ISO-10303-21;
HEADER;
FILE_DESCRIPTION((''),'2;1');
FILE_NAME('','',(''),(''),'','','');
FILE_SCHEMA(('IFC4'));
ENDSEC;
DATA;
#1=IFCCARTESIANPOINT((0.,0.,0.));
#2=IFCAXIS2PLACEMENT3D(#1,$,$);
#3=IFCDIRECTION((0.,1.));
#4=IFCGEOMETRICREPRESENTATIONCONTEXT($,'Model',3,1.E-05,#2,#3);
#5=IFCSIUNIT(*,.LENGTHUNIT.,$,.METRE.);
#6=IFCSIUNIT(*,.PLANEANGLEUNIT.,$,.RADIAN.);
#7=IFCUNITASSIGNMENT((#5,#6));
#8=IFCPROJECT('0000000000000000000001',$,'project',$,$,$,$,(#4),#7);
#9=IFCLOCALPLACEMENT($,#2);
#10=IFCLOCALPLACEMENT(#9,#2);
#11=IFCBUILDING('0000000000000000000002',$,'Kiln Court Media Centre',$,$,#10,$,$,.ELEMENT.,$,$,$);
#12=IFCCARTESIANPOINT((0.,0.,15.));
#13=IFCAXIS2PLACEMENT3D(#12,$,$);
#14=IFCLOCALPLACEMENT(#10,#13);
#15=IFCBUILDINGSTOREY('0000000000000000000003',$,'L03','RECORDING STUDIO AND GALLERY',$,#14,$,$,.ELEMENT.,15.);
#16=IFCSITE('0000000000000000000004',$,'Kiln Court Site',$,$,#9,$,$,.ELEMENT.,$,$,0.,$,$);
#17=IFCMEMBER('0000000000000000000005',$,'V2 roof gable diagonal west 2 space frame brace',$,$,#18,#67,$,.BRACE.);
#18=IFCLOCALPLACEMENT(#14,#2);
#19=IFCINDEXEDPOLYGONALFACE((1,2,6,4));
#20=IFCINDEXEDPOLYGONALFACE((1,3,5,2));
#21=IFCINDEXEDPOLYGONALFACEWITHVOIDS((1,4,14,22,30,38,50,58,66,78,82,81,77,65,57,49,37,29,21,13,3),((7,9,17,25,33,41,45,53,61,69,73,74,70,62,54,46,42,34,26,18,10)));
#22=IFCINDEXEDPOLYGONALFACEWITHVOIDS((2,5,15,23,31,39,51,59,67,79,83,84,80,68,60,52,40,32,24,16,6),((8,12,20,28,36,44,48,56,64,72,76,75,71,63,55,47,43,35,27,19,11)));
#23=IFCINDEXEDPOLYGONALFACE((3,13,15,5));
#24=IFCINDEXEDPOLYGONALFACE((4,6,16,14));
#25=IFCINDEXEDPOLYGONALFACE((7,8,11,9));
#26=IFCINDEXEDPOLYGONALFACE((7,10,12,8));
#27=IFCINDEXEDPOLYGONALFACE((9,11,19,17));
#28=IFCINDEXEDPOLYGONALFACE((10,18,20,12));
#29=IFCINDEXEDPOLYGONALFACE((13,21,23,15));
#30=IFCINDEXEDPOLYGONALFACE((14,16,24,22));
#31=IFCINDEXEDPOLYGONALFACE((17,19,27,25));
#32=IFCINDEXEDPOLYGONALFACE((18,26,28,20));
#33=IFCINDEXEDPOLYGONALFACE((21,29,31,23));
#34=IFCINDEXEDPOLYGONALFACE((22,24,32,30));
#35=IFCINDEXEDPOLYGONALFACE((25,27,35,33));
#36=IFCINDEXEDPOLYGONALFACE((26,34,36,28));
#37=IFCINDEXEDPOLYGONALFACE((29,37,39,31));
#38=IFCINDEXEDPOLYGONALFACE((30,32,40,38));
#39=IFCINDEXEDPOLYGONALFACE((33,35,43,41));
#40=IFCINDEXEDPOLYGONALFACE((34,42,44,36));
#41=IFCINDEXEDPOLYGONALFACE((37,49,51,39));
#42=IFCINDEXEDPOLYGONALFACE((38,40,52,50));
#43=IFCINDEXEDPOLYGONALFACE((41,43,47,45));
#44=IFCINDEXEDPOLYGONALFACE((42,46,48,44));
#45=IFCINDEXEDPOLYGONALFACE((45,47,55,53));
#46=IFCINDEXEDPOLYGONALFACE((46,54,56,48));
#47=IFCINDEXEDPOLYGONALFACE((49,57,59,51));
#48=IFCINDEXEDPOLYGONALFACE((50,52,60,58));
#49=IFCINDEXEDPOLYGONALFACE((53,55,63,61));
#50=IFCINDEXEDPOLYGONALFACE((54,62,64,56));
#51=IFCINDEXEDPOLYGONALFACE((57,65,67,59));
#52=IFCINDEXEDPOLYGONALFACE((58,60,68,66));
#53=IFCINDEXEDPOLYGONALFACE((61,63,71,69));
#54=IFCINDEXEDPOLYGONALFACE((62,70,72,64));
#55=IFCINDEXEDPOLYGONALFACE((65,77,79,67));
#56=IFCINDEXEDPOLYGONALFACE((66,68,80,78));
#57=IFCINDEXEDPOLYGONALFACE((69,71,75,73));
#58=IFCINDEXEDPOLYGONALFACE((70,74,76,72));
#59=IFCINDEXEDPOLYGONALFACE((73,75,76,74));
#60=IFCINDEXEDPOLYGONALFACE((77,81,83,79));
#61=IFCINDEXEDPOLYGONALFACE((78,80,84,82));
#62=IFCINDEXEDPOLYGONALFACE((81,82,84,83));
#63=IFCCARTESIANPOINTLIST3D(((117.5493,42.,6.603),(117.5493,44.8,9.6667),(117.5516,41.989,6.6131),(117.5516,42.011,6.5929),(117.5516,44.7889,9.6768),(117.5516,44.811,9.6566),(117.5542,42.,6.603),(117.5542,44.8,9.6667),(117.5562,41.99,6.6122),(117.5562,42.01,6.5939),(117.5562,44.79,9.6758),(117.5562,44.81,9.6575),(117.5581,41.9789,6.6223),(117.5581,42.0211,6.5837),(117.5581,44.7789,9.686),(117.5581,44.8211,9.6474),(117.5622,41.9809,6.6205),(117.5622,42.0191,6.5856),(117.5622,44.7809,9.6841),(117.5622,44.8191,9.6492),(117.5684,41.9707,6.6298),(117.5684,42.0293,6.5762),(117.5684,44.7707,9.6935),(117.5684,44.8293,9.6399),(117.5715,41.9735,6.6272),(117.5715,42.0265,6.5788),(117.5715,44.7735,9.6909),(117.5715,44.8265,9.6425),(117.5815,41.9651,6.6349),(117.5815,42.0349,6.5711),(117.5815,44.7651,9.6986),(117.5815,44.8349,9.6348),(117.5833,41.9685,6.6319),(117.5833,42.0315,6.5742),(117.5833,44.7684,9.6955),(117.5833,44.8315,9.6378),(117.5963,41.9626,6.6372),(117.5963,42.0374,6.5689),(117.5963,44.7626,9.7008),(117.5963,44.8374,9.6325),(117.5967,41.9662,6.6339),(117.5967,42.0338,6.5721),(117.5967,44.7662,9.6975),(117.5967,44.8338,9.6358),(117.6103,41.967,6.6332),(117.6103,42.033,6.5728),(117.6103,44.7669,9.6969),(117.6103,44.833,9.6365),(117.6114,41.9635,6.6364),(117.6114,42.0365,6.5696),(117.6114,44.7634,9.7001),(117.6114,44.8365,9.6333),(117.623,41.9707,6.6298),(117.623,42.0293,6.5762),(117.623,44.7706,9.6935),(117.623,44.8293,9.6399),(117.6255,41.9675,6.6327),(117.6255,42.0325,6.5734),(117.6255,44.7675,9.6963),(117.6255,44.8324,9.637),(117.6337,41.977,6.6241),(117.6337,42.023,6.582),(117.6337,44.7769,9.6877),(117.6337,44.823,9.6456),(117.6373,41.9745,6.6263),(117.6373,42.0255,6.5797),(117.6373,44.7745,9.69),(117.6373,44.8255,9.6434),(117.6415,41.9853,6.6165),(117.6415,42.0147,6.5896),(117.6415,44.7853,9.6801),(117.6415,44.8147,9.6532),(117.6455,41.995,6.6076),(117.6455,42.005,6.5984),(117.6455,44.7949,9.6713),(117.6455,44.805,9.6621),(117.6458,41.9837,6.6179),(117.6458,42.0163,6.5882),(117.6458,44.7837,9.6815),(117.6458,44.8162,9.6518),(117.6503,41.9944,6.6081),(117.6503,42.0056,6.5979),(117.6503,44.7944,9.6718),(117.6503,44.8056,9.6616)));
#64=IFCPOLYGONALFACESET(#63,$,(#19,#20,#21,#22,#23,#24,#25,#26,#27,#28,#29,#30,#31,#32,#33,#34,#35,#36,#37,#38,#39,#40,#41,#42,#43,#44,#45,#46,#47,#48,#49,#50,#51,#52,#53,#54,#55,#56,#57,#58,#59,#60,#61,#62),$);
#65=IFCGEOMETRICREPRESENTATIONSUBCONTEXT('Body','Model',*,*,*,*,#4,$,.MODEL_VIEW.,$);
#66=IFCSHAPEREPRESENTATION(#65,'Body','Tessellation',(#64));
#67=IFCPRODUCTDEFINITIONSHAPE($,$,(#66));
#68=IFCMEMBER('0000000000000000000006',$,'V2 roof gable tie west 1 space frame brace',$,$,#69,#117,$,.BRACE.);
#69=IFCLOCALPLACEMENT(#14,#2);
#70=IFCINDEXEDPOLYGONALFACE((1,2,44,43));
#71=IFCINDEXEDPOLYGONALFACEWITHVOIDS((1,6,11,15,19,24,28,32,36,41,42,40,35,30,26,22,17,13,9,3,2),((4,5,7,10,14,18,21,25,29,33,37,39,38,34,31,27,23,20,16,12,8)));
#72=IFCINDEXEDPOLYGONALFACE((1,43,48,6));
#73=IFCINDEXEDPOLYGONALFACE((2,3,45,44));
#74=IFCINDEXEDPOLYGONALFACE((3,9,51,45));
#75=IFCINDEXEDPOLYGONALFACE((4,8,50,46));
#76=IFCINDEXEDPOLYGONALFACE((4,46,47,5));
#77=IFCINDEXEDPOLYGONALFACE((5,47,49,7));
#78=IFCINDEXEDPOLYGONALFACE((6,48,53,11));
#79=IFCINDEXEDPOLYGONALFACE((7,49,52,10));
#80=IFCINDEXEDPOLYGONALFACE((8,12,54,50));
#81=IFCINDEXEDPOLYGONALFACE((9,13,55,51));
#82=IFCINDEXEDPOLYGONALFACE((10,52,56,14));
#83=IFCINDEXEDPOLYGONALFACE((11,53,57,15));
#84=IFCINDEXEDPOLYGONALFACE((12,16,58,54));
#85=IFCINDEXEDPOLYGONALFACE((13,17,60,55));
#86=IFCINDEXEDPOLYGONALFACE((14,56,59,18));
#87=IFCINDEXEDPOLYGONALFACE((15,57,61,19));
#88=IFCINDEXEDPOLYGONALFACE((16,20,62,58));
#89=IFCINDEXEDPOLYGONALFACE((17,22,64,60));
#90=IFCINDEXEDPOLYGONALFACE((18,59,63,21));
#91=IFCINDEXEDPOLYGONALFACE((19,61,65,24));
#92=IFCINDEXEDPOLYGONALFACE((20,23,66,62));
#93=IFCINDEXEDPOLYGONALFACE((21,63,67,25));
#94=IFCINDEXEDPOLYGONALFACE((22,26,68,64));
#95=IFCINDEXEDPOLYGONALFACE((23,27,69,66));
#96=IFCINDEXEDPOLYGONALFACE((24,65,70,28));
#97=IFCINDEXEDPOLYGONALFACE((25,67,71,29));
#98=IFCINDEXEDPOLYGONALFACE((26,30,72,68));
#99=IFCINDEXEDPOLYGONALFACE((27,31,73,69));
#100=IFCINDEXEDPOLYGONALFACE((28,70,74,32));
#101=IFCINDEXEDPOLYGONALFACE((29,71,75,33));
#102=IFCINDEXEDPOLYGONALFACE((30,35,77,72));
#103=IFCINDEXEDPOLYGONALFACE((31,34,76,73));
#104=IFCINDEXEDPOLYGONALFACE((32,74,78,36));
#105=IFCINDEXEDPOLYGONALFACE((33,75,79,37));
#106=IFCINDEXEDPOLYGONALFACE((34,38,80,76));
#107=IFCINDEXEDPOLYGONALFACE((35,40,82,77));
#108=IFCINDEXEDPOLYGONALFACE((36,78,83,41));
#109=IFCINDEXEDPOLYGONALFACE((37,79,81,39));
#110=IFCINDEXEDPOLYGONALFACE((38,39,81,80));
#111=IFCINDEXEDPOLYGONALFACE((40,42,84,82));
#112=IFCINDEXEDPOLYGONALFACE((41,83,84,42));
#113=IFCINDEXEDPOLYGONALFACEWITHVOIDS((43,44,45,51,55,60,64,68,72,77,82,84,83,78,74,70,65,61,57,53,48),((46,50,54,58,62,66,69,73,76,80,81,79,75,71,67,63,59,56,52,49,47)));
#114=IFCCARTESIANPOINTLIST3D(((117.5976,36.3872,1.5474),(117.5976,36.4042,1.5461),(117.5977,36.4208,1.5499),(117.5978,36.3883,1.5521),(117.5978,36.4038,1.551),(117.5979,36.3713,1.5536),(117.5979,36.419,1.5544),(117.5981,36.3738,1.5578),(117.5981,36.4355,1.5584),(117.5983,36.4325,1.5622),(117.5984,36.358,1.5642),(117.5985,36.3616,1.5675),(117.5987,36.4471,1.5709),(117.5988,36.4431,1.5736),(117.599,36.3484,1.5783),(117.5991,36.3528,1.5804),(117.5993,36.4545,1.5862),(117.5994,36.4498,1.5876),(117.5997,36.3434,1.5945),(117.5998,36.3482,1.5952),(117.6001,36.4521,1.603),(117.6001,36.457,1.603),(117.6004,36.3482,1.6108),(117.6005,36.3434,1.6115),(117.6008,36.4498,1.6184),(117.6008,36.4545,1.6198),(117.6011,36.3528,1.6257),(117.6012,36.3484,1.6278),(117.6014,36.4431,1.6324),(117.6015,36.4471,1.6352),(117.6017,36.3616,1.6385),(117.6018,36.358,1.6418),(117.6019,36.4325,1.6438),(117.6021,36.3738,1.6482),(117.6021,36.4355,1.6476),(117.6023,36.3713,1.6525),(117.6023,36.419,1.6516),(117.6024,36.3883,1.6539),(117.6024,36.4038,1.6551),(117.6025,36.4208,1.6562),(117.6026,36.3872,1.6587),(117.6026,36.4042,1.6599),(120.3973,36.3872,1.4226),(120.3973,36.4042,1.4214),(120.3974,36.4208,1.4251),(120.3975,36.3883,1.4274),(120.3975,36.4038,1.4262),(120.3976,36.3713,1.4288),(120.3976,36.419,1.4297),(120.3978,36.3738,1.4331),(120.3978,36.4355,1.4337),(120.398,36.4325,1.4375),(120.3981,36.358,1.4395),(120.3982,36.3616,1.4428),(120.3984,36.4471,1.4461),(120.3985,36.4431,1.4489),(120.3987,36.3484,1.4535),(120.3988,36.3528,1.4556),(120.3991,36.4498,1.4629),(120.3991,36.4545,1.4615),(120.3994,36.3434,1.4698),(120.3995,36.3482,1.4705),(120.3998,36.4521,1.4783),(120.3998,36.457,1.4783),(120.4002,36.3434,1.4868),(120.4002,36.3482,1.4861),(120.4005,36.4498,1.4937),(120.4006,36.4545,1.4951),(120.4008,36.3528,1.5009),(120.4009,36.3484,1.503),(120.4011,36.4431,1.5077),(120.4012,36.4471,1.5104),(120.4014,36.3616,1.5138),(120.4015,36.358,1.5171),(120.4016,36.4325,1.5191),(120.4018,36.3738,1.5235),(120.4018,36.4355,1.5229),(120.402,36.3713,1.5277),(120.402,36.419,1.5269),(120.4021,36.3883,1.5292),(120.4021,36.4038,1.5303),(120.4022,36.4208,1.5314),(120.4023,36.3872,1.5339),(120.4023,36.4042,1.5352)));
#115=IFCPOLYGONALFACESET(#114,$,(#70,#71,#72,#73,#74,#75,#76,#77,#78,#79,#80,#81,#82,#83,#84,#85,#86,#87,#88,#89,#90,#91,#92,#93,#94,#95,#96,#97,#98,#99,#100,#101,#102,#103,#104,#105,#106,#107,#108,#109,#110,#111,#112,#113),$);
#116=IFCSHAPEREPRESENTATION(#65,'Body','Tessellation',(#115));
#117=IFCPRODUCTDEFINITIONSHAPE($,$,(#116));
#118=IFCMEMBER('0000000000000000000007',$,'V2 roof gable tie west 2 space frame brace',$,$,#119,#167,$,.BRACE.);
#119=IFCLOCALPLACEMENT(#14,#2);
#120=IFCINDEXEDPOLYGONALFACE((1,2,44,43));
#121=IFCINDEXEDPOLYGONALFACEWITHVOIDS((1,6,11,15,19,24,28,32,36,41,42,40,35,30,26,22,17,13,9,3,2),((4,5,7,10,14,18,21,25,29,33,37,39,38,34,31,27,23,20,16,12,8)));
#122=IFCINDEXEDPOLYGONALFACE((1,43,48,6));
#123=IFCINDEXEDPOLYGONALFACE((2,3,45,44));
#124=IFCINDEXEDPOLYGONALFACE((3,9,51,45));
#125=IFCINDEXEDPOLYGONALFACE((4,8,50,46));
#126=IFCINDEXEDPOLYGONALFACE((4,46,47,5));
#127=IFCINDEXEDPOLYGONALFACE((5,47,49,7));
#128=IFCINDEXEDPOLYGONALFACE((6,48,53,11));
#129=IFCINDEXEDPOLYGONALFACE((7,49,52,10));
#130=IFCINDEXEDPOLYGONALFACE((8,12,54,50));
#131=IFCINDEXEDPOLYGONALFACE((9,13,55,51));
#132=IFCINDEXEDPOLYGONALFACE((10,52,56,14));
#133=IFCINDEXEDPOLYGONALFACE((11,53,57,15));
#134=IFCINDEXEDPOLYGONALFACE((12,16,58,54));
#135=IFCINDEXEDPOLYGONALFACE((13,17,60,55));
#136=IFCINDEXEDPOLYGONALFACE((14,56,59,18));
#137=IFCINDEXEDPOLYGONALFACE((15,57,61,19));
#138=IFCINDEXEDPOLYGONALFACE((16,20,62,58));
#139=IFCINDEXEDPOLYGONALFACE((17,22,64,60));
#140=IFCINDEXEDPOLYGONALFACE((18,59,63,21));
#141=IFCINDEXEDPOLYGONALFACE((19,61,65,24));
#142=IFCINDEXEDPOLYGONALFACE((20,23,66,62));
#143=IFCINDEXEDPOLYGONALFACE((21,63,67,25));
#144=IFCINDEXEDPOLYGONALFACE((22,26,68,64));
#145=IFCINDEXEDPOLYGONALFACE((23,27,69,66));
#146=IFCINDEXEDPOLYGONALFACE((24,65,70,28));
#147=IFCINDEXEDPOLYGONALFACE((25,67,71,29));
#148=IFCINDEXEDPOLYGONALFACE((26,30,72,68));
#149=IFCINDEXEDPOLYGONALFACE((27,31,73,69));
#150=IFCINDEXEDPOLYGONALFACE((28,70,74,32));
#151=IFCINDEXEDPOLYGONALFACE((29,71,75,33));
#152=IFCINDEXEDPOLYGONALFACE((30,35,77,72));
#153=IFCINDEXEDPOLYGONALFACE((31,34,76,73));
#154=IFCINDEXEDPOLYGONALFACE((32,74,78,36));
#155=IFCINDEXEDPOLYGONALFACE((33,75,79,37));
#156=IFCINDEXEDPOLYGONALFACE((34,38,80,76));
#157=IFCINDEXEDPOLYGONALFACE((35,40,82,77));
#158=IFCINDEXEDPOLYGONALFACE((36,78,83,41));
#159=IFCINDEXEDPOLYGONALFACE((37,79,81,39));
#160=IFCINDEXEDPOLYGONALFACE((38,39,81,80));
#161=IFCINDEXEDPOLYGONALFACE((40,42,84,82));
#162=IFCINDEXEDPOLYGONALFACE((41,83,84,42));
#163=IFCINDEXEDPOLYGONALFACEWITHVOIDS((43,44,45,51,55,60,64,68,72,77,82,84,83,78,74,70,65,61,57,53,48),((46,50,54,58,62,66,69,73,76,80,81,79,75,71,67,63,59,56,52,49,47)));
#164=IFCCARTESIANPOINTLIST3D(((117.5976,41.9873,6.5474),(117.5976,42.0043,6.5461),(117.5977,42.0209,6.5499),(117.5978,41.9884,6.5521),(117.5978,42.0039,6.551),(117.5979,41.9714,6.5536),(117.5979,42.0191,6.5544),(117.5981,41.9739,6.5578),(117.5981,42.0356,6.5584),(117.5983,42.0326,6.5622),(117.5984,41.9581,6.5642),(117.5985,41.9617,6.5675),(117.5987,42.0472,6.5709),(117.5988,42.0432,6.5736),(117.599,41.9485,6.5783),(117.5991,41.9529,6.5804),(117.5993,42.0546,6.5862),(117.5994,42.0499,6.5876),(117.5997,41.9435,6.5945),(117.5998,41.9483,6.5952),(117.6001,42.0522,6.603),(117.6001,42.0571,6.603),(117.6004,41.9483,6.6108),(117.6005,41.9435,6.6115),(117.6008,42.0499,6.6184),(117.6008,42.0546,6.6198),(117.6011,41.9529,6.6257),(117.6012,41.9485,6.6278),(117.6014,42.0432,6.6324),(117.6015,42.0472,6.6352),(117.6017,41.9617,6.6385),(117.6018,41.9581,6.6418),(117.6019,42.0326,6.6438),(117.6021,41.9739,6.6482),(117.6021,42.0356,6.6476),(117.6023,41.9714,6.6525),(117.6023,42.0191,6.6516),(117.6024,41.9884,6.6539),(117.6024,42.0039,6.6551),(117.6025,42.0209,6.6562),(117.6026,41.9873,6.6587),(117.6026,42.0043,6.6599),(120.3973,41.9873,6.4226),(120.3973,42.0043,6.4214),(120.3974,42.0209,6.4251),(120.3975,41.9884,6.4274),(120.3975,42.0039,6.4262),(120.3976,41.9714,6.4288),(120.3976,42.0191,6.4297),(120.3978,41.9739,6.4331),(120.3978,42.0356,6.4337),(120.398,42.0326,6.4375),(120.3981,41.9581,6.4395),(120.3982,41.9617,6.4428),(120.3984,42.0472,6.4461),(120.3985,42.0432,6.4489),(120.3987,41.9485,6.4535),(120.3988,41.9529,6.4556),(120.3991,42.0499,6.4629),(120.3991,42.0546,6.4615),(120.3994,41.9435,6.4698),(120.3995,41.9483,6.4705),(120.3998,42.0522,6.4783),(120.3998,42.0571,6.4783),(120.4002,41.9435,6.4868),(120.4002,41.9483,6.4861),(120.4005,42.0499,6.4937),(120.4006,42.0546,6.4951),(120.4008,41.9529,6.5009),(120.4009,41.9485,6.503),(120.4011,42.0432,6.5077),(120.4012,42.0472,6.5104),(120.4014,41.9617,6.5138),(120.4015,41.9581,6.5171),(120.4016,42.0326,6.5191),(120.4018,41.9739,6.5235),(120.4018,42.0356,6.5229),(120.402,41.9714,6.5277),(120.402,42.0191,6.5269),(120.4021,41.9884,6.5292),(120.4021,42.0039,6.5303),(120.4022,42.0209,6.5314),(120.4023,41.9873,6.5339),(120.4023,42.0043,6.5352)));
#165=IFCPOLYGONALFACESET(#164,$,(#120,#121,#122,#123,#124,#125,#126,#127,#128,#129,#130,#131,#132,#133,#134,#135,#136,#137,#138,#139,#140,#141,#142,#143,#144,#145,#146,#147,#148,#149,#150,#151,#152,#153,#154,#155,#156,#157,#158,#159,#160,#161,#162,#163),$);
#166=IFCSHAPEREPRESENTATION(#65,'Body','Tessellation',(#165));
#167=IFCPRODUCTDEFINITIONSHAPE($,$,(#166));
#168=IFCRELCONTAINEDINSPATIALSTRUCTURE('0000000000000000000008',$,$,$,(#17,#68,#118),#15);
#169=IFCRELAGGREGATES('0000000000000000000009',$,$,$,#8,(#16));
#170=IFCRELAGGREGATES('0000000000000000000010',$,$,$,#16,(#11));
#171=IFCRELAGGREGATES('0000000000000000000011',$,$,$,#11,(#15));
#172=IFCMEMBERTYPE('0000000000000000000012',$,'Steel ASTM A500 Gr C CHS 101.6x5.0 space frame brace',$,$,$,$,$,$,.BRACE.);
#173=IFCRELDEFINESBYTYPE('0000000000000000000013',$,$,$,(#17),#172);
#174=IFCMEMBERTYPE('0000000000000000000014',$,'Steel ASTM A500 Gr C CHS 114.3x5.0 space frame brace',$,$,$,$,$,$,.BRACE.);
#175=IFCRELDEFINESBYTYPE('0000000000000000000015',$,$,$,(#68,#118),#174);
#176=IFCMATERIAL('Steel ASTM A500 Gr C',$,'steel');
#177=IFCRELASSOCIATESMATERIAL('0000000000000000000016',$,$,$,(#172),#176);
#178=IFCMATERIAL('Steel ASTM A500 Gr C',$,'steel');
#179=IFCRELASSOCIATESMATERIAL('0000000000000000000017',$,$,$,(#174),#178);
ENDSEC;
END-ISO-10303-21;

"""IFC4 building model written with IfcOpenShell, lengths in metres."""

from ifc_helpers import new_model, si_unit, direction, frame, origin, origin_2d, place, context, subcontext, project, spatial, hollow_circle, extrude, material, material_profile, profile_set, type_object, element, save


model = new_model("IFC4")

# Units and contexts
model_context = context("Model", 3, precision=1e-05, world=origin(), true_north=direction((0.0, 1.0)))
body_context = subcontext(model_context, "Body", "Model", "MODEL_VIEW")
ifc_project = project(units=[si_unit("LENGTHUNIT", "METRE"), si_unit("PLANEANGLEUNIT", "RADIAN")], contexts=[model_context])

# Site, building, storey
site_placement = place(None, origin())
site = spatial("IfcSite", under=ifc_project, at=site_placement, Name="Kiln Court Site", CompositionType="ELEMENT", RefElevation=0.0)
building_placement = place(site_placement, origin())
building = spatial("IfcBuilding", under=site, at=building_placement, Name="Kiln Court Media Centre", CompositionType="ELEMENT")
storey_placement = place(building_placement, frame((0.0, 0.0, 15.0)))
storey = spatial("IfcBuildingStorey", under=building, at=storey_placement, Name="L03", Description="RECORDING STUDIO AND GALLERY", CompositionType="ELEMENT", Elevation=15.0)

# Members
ifc_material_1 = material(Name="Steel ASTM A500 Gr C", Category="steel")
ifc_material_profile_1 = material_profile(ifc_material_1, hollow_circle(Radius=0.0508, WallThickness=0.0049, at=origin_2d()), Name="CHS 101.6x5.0")
ifc_profile_set_1 = profile_set([ifc_material_profile_1], Name="Steel ASTM A500 Gr C")
member_type_1 = type_object("IfcMemberType", Name="Steel ASTM A500 Gr C CHS 101.6x5.0 space frame brace", PredefinedType="BRACE", material=ifc_profile_set_1)
member_1_placement = place(storey_placement, frame((117.6001, 42.0, 6.603), z_axis=(0.0, 0.674629, 0.738157), x_axis=(-1.0, 0.0, 0.0)))
element("IfcMember", 1, at=member_1_placement, inside=storey, type_object=member_type_1, Name="V2 roof gable diagonal west 2 space frame brace", PredefinedType="BRACE", context=body_context, shape_type="SweptSolid", body=[
    extrude(hollow_circle(Radius=0.0508, WallThickness=0.0049, at=origin_2d()), origin(), (0.0, 0.0, 1.0), 4.1504),
])
ifc_material_2 = material(Name="Steel ASTM A500 Gr C", Category="steel")
ifc_material_profile_2 = material_profile(ifc_material_2, hollow_circle(Radius=0.0571, WallThickness=0.0049, at=origin_2d()), Name="CHS 114.3x5.0")
ifc_profile_set_2 = profile_set([ifc_material_profile_2], Name="Steel ASTM A500 Gr C")
member_type_2 = type_object("IfcMemberType", Name="Steel ASTM A500 Gr C CHS 114.3x5.0 space frame brace", PredefinedType="BRACE", material=ifc_profile_set_2)
for number, where, z_axis, x_axis, name in (
    (2, (117.6001, 36.3999, 1.603), (0.999009, 0.0, -0.044515), (0.0, 1.0, 0.0), "V2 roof gable tie west 1 space frame brace"),
    (3, (117.6001, 42.0, 6.603), (0.999009, 0.0, -0.044515), (0.0, 1.0, 0.0), "V2 roof gable tie west 2 space frame brace"),
):
    element("IfcMember", number, at=place(storey_placement, frame(where, z_axis=z_axis, x_axis=x_axis)), inside=storey, type_object=member_type_2, Name=name, PredefinedType="BRACE", context=body_context, shape_type="SweptSolid", body=[
        extrude(hollow_circle(Radius=0.0571, WallThickness=0.0049, at=origin_2d()), origin(), (0.0, 0.0, 1.0), 2.8025),
    ])

save(model, "model.ifc")
